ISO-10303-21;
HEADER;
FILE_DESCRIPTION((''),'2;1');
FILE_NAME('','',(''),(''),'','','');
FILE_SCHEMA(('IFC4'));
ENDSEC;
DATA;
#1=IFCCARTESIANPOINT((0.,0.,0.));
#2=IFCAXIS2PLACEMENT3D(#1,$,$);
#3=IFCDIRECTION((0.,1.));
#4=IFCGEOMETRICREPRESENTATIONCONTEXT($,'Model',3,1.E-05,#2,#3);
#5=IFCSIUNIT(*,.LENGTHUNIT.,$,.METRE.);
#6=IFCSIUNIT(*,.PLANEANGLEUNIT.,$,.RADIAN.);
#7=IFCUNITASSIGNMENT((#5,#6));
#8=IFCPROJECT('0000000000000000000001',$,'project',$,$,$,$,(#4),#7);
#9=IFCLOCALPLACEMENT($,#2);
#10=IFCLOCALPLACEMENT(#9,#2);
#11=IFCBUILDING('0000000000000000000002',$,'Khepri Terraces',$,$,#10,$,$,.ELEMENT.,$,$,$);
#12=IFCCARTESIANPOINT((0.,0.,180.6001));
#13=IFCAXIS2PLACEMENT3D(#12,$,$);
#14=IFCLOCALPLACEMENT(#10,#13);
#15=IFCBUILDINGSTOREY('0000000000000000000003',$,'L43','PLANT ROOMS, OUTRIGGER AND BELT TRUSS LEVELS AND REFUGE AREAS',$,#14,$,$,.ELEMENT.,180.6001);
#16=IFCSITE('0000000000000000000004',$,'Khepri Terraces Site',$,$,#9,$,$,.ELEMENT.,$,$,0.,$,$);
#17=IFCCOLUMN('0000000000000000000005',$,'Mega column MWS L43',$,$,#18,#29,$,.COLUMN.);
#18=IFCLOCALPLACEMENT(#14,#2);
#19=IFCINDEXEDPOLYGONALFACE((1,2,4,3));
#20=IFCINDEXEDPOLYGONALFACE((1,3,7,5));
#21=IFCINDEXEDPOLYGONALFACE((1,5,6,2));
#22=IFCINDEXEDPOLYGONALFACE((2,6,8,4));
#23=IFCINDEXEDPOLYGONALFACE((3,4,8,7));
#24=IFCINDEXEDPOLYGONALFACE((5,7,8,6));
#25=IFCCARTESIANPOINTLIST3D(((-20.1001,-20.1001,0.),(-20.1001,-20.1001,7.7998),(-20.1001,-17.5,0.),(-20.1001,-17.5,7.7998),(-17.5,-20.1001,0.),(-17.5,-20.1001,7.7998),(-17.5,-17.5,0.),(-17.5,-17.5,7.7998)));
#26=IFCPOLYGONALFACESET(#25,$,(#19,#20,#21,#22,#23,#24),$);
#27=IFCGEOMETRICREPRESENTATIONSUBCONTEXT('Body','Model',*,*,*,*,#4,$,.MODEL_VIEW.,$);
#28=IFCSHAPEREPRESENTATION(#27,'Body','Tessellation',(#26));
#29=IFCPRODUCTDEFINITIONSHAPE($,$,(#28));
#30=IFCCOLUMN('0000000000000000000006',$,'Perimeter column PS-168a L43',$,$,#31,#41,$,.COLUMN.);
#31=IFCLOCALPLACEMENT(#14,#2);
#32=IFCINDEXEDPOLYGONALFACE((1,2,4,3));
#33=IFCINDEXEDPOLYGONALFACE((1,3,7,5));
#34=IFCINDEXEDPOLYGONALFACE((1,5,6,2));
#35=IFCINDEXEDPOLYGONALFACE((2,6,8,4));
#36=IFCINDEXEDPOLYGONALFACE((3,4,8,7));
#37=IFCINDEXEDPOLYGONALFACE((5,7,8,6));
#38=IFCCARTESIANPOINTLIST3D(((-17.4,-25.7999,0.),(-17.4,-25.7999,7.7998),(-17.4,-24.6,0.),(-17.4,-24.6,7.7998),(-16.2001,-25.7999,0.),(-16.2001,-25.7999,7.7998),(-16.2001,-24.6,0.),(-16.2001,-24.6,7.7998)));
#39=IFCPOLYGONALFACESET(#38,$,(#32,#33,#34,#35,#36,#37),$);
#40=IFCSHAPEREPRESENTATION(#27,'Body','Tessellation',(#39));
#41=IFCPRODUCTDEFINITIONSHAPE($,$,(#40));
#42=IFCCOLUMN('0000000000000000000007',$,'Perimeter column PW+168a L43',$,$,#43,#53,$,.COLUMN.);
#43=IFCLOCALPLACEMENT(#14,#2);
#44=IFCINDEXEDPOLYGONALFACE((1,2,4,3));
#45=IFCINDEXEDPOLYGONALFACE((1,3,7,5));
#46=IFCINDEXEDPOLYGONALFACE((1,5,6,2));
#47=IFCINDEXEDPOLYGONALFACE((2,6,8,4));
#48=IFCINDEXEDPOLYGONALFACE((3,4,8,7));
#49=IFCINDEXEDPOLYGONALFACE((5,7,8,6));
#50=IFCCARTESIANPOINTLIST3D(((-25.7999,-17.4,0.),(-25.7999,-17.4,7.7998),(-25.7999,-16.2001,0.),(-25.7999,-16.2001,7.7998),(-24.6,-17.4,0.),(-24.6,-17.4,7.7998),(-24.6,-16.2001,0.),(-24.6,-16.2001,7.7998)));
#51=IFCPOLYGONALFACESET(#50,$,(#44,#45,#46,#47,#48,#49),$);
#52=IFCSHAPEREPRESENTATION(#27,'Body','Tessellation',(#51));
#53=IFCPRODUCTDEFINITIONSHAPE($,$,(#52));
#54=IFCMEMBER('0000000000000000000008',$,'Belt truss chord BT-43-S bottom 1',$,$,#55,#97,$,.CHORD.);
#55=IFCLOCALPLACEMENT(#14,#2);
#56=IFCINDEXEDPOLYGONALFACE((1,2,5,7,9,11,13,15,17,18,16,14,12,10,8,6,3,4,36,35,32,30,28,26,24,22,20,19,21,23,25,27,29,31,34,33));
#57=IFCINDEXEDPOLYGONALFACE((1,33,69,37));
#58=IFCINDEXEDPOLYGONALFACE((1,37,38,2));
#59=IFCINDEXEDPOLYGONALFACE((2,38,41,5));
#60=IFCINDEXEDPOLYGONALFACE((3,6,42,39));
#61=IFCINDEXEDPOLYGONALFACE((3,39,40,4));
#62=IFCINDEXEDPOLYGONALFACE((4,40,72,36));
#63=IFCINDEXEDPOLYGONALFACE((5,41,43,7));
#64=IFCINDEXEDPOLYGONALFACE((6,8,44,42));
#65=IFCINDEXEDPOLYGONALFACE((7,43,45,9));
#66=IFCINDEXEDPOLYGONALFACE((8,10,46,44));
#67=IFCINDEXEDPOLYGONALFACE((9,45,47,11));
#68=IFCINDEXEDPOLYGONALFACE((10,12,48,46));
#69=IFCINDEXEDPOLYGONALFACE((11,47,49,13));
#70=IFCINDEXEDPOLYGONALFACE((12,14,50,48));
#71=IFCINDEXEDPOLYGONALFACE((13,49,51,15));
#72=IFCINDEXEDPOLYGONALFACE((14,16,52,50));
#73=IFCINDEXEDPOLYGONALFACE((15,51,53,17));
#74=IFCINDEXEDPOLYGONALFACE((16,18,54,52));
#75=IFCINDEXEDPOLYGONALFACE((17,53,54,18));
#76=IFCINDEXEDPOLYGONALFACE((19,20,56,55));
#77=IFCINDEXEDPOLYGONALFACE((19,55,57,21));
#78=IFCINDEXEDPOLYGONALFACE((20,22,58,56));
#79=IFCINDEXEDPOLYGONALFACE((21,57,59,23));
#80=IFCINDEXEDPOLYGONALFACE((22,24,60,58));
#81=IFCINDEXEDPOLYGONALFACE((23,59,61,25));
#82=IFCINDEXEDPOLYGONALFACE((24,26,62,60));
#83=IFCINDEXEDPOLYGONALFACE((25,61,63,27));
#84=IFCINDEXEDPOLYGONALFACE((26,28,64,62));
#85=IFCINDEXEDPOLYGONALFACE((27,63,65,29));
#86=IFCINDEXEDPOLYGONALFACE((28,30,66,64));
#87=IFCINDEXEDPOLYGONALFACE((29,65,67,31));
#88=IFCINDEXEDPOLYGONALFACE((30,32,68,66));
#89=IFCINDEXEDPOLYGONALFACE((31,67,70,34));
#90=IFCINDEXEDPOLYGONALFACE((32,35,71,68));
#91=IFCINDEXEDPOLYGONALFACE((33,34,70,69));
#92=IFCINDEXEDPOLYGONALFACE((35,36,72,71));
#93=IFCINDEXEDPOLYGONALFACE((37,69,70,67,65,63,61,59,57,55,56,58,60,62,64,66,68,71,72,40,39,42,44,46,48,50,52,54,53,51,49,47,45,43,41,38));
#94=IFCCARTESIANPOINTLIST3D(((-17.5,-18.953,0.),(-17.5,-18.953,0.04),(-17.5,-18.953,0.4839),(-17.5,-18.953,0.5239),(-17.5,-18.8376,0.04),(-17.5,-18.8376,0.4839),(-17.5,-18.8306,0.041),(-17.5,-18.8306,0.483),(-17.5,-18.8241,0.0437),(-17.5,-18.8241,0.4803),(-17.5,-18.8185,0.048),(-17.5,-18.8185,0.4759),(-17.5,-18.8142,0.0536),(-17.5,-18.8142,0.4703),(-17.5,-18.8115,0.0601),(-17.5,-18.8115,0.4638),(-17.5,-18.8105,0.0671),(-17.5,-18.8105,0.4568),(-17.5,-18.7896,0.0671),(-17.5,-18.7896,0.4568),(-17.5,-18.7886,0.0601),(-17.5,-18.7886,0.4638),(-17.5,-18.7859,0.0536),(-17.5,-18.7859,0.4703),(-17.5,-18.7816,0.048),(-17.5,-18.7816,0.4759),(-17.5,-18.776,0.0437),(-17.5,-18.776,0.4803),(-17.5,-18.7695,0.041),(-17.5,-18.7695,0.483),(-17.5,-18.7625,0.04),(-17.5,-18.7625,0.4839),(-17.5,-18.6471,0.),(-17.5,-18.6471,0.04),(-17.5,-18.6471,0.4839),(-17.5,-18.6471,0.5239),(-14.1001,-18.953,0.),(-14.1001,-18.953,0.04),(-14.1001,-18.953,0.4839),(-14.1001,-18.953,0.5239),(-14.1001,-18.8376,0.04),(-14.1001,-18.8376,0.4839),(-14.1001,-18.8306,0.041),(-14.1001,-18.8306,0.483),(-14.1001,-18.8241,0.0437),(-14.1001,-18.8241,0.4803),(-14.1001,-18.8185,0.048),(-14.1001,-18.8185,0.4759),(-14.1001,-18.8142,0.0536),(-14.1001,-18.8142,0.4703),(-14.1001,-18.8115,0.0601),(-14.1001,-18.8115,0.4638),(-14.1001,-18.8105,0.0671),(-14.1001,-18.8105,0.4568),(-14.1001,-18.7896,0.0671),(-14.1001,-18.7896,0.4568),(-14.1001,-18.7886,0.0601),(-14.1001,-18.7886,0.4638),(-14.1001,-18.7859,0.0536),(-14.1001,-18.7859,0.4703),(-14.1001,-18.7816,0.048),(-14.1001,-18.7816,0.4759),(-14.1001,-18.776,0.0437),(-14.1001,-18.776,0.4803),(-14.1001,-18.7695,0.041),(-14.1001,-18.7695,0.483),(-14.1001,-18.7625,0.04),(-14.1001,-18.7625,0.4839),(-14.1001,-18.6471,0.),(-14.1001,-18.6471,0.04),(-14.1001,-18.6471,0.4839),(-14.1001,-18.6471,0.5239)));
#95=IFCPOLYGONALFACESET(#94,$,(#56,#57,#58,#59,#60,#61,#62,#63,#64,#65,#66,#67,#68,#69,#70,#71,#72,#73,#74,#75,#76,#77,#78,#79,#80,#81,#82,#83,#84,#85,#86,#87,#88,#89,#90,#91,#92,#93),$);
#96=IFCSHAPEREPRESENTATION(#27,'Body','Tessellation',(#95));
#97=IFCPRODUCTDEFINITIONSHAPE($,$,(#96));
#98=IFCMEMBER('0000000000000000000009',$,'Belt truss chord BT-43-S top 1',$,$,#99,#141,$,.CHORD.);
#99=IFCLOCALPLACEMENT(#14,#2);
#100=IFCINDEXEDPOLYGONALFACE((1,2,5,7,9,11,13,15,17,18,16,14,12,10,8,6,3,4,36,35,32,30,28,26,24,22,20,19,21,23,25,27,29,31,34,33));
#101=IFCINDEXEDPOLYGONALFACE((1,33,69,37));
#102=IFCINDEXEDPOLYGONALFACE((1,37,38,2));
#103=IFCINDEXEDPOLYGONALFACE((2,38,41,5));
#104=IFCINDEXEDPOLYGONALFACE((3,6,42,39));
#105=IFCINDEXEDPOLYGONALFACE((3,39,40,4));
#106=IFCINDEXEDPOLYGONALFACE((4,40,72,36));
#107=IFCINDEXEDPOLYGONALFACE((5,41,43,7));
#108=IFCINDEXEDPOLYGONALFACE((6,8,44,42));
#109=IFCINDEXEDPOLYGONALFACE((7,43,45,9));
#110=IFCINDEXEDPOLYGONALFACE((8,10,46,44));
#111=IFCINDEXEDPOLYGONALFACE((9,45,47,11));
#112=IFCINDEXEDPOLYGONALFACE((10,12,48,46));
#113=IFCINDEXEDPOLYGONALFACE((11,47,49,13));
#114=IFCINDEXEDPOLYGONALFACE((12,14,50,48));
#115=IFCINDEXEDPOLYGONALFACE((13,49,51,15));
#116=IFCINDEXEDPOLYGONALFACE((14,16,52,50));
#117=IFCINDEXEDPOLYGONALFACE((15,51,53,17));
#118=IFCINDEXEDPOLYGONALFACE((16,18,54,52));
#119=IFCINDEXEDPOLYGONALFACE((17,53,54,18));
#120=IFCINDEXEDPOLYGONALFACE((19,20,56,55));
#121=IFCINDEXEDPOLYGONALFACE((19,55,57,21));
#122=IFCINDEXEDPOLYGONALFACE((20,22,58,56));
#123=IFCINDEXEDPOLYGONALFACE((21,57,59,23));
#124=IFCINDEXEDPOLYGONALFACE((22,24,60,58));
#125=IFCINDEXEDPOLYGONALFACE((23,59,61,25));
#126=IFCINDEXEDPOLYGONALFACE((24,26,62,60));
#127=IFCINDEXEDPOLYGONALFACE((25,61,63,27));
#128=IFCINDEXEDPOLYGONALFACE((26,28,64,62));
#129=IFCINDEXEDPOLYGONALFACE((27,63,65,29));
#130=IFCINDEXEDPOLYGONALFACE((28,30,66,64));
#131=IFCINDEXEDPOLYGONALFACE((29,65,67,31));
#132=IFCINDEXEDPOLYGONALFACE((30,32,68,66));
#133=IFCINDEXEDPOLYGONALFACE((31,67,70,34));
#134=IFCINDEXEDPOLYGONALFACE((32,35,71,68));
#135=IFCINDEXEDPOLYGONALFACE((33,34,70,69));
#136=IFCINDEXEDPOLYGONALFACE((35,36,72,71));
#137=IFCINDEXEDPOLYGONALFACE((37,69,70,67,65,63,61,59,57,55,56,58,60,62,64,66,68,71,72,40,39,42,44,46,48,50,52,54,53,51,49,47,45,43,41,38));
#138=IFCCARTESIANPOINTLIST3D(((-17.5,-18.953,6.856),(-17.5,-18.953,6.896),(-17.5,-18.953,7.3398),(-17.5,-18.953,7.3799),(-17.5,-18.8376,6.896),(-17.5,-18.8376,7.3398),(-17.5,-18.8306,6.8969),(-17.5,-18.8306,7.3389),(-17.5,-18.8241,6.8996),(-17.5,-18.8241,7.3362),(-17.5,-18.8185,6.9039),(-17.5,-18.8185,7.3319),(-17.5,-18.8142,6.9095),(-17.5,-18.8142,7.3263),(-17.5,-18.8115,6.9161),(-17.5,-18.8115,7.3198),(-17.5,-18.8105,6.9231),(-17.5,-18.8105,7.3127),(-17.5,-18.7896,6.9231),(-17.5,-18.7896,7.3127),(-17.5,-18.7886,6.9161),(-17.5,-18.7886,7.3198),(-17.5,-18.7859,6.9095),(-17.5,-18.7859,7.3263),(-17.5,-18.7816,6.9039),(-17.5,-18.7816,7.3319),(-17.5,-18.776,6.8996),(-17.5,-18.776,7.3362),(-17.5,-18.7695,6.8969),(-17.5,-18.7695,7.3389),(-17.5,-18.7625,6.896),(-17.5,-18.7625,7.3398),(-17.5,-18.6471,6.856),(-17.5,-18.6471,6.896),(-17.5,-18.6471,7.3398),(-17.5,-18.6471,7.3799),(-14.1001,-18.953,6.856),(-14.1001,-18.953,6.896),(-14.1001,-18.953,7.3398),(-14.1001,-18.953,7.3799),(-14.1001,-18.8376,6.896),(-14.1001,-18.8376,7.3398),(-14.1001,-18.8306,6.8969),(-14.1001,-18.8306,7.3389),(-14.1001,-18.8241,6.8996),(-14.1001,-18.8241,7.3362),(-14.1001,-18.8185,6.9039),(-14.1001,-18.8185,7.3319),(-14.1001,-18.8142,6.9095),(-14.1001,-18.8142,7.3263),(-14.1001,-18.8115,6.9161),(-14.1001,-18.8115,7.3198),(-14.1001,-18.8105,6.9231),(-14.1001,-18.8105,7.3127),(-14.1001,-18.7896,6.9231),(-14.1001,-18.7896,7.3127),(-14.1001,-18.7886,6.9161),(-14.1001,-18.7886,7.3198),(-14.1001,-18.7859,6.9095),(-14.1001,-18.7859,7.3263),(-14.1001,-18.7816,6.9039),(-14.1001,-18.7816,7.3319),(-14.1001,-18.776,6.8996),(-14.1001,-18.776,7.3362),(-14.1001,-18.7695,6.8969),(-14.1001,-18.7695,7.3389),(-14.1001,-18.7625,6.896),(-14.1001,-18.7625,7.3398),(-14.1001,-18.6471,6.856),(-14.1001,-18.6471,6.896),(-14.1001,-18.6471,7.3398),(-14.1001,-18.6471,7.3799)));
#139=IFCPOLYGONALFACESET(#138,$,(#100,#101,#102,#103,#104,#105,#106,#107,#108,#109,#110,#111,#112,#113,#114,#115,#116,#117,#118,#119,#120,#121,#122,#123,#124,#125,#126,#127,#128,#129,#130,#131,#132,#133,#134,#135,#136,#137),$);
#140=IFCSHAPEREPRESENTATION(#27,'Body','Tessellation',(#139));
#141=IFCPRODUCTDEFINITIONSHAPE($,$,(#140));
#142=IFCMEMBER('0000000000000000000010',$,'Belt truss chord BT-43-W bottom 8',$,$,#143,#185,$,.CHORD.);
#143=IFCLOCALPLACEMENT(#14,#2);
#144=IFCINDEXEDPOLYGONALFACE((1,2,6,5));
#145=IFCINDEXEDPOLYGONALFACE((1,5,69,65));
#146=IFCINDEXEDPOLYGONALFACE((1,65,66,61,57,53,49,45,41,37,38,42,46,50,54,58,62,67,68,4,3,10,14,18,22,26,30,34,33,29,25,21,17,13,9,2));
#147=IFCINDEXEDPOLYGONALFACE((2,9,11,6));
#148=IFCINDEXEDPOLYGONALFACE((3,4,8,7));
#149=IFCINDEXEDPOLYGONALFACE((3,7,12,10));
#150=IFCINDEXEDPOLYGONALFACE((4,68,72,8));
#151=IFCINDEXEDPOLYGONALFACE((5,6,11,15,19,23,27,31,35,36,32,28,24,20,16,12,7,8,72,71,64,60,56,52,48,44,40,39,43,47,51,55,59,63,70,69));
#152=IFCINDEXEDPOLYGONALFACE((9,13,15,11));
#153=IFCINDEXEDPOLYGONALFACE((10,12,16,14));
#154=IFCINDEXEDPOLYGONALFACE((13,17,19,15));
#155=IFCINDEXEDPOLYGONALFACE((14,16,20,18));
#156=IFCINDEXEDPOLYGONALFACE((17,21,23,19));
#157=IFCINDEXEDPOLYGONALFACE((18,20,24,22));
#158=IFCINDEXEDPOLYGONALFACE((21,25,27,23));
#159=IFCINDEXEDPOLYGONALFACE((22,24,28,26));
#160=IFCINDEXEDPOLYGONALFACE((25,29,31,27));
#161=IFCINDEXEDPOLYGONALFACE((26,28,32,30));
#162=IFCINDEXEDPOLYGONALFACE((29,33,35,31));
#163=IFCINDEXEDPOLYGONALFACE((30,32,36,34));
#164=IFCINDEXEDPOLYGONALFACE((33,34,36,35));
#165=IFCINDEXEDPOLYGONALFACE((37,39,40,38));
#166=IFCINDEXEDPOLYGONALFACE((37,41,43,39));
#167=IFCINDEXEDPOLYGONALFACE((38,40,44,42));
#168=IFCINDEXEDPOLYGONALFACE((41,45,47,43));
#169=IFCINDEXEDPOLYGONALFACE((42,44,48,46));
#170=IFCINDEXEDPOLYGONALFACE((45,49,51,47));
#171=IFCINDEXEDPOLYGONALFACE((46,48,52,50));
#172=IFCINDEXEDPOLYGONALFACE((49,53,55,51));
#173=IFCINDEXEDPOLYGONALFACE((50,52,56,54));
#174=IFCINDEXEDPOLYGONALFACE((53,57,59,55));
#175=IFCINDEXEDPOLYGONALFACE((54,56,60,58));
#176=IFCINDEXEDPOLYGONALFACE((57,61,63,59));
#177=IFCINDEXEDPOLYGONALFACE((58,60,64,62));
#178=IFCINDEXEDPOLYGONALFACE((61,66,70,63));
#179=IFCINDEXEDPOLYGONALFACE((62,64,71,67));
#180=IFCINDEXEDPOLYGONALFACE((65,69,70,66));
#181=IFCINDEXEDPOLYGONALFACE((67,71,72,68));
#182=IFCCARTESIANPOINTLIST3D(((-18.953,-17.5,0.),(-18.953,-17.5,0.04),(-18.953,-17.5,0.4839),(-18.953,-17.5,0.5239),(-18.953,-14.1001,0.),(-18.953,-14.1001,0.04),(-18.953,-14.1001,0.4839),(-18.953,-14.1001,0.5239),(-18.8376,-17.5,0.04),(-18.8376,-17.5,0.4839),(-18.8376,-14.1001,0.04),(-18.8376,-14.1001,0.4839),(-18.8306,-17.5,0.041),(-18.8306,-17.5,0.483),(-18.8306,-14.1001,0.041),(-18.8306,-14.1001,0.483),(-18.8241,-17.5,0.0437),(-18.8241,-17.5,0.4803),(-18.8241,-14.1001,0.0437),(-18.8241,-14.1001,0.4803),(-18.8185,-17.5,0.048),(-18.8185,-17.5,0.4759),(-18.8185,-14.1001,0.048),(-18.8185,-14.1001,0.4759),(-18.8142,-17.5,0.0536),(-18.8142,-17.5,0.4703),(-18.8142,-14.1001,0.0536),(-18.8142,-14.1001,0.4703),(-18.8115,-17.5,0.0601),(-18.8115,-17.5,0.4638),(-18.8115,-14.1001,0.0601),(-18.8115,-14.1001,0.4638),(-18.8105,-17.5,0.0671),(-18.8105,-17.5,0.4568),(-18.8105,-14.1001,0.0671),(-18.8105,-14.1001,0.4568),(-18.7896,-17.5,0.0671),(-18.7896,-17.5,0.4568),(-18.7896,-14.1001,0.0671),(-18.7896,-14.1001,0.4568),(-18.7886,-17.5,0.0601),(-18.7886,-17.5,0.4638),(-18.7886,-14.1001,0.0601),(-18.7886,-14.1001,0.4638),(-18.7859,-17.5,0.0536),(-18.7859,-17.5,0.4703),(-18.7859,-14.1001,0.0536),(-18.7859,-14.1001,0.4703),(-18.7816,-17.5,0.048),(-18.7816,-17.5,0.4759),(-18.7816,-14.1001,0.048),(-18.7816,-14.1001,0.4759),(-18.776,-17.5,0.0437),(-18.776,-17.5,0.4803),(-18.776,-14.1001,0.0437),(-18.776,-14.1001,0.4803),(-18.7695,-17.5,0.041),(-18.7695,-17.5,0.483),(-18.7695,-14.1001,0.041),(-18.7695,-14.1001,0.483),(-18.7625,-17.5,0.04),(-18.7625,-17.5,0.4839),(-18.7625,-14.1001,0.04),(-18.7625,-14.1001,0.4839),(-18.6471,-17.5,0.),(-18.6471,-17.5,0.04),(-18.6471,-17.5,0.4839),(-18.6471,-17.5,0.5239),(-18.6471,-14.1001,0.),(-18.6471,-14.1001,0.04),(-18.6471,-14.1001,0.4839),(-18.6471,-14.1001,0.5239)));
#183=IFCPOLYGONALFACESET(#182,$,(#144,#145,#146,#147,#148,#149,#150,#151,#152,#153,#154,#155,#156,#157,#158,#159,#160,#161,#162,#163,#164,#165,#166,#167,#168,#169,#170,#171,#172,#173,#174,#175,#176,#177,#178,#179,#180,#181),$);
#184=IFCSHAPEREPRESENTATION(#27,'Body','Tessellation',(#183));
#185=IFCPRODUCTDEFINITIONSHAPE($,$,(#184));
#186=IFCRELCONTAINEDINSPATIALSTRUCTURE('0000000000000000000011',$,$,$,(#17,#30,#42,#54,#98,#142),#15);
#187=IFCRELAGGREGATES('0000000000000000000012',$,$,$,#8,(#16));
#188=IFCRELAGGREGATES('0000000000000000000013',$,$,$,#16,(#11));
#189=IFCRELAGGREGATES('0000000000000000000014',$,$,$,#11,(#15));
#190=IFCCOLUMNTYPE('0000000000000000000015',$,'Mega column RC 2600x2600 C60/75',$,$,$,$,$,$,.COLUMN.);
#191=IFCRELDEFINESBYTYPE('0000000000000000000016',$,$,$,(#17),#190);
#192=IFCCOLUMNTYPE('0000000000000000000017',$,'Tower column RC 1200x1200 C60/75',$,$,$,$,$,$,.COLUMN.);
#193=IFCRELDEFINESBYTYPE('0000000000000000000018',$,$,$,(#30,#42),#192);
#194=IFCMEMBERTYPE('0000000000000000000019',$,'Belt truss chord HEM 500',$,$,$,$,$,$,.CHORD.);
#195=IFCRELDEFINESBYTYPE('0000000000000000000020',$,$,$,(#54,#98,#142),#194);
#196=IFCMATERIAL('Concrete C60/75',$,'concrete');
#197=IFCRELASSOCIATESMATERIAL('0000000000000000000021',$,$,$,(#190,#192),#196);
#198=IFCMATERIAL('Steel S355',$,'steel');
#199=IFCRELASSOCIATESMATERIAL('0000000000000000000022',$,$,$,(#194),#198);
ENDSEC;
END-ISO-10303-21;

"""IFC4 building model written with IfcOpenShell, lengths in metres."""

from ifc_helpers import new_model, si_unit, direction, frame, origin, origin_2d, place, context, subcontext, project, spatial, rectangle, i_section, extrude, material, material_profile, profile_set, type_object, element, save


model = new_model("IFC4")

# Units and contexts
model_context = context("Model", 3, precision=1e-05, world=origin(), true_north=direction((0.0, 1.0)))
body_context = subcontext(model_context, "Body", "Model", "MODEL_VIEW")
ifc_project = project(units=[si_unit("LENGTHUNIT", "METRE"), si_unit("PLANEANGLEUNIT", "RADIAN")], contexts=[model_context])

# Site, building, storey
site_placement = place(None, origin())
site = spatial("IfcSite", under=ifc_project, at=site_placement, Name="Khepri Terraces Site", CompositionType="ELEMENT", RefElevation=0.0)
building_placement = place(site_placement, origin())
building = spatial("IfcBuilding", under=site, at=building_placement, Name="Khepri Terraces", CompositionType="ELEMENT")
storey_placement = place(building_placement, frame((0.0, 0.0, 180.6001)))
storey = spatial("IfcBuildingStorey", under=building, at=storey_placement, Name="L43", Description="PLANT ROOMS, OUTRIGGER AND BELT TRUSS LEVELS AND REFUGE AREAS", CompositionType="ELEMENT", Elevation=180.6001)

# Columns
ifc_material_1 = material(Name="Concrete C60/75", Category="concrete")
ifc_material_profile_1 = material_profile(ifc_material_1, rectangle(XDim=2.6001, YDim=2.6001, at=origin_2d()), Name="Concrete C60/75", Category="concrete")
ifc_profile_set_1 = profile_set([ifc_material_profile_1], Name="Concrete C60/75")
column_type_1 = type_object("IfcColumnType", Name="Mega column RC 2600x2600 C60/75", PredefinedType="COLUMN", material=ifc_profile_set_1)
column_placement = place(storey_placement, frame((-18.8, -18.8, 0.0), z_axis=(0.0, 0.0, 1.0), x_axis=(1.0, 0.0, 0.0)))
element("IfcColumn", 1, at=column_placement, inside=storey, type_object=column_type_1, Name="Mega column MWS L43", PredefinedType="COLUMN", context=body_context, shape_type="SweptSolid", body=[
    extrude(rectangle(XDim=2.6001, YDim=2.6001, at=origin_2d()), origin(), (0.0, 0.0, 1.0), 7.7998),
])
ifc_material_profile_2 = material_profile(ifc_material_1, rectangle(XDim=1.2, YDim=1.2, at=origin_2d()), Name="Concrete C60/75", Category="concrete")
ifc_profile_set_2 = profile_set([ifc_material_profile_2], Name="Concrete C60/75")
column_type_2 = type_object("IfcColumnType", Name="Tower column RC 1200x1200 C60/75", PredefinedType="COLUMN", material=ifc_profile_set_2)
for number, where, z_axis, x_axis, name in (
    (2, (-16.8, -25.2, 0.0), (0.0, 0.0, 1.0), (1.0, 0.0, 0.0), "Perimeter column PS-168a L43"),
    (3, (-25.2, -16.8, 0.0), (0.0, 0.0, 1.0), (1.0, 0.0, 0.0), "Perimeter column PW+168a L43"),
):
    element("IfcColumn", number, at=place(storey_placement, frame(where, z_axis=z_axis, x_axis=x_axis)), inside=storey, type_object=column_type_2, Name=name, PredefinedType="COLUMN", context=body_context, shape_type="SweptSolid", body=[
        extrude(rectangle(XDim=1.2, YDim=1.2, at=origin_2d()), origin(), (0.0, 0.0, 1.0), 7.7998),
    ])

# Members
ifc_material_2 = material(Name="Steel S355", Category="steel")
ifc_material_profile_3 = material_profile(ifc_material_2, i_section(OverallWidth=0.3059, OverallDepth=0.5239, WebThickness=0.021, FlangeThickness=0.04, FilletRadius=0.0271, at=origin_2d()), Name="Steel S355", Category="steel")
ifc_profile_set_3 = profile_set([ifc_material_profile_3], Name="Steel S355")
member_type_1 = type_object("IfcMemberType", Name="Belt truss chord HEM 500", PredefinedType="CHORD", material=ifc_profile_set_3)
for number, where, z_axis, x_axis, name in (
    (4, (-17.5, -18.8, 0.262), (1.0, 0.0, 0.0), (0.0, 1.0, 0.0), "Belt truss chord BT-43-S bottom 1"),
    (5, (-17.5, -18.8, 7.1179), (1.0, 0.0, 0.0), (0.0, 1.0, 0.0), "Belt truss chord BT-43-S top 1"),
    (6, (-18.8, -14.1001, 0.262), (0.0, -1.0, 0.0), (1.0, 0.0, 0.0), "Belt truss chord BT-43-W bottom 8"),
):
    element("IfcMember", number, at=place(storey_placement, frame(where, z_axis=z_axis, x_axis=x_axis)), inside=storey, type_object=member_type_1, Name=name, PredefinedType="CHORD", context=body_context, shape_type="SweptSolid", body=[
        extrude(i_section(OverallWidth=0.3059, OverallDepth=0.5239, WebThickness=0.021, FlangeThickness=0.04, FilletRadius=0.0271, at=origin_2d()), origin(), (0.0, 0.0, 1.0), 3.3999),
    ])

save(model, "model.ifc")
